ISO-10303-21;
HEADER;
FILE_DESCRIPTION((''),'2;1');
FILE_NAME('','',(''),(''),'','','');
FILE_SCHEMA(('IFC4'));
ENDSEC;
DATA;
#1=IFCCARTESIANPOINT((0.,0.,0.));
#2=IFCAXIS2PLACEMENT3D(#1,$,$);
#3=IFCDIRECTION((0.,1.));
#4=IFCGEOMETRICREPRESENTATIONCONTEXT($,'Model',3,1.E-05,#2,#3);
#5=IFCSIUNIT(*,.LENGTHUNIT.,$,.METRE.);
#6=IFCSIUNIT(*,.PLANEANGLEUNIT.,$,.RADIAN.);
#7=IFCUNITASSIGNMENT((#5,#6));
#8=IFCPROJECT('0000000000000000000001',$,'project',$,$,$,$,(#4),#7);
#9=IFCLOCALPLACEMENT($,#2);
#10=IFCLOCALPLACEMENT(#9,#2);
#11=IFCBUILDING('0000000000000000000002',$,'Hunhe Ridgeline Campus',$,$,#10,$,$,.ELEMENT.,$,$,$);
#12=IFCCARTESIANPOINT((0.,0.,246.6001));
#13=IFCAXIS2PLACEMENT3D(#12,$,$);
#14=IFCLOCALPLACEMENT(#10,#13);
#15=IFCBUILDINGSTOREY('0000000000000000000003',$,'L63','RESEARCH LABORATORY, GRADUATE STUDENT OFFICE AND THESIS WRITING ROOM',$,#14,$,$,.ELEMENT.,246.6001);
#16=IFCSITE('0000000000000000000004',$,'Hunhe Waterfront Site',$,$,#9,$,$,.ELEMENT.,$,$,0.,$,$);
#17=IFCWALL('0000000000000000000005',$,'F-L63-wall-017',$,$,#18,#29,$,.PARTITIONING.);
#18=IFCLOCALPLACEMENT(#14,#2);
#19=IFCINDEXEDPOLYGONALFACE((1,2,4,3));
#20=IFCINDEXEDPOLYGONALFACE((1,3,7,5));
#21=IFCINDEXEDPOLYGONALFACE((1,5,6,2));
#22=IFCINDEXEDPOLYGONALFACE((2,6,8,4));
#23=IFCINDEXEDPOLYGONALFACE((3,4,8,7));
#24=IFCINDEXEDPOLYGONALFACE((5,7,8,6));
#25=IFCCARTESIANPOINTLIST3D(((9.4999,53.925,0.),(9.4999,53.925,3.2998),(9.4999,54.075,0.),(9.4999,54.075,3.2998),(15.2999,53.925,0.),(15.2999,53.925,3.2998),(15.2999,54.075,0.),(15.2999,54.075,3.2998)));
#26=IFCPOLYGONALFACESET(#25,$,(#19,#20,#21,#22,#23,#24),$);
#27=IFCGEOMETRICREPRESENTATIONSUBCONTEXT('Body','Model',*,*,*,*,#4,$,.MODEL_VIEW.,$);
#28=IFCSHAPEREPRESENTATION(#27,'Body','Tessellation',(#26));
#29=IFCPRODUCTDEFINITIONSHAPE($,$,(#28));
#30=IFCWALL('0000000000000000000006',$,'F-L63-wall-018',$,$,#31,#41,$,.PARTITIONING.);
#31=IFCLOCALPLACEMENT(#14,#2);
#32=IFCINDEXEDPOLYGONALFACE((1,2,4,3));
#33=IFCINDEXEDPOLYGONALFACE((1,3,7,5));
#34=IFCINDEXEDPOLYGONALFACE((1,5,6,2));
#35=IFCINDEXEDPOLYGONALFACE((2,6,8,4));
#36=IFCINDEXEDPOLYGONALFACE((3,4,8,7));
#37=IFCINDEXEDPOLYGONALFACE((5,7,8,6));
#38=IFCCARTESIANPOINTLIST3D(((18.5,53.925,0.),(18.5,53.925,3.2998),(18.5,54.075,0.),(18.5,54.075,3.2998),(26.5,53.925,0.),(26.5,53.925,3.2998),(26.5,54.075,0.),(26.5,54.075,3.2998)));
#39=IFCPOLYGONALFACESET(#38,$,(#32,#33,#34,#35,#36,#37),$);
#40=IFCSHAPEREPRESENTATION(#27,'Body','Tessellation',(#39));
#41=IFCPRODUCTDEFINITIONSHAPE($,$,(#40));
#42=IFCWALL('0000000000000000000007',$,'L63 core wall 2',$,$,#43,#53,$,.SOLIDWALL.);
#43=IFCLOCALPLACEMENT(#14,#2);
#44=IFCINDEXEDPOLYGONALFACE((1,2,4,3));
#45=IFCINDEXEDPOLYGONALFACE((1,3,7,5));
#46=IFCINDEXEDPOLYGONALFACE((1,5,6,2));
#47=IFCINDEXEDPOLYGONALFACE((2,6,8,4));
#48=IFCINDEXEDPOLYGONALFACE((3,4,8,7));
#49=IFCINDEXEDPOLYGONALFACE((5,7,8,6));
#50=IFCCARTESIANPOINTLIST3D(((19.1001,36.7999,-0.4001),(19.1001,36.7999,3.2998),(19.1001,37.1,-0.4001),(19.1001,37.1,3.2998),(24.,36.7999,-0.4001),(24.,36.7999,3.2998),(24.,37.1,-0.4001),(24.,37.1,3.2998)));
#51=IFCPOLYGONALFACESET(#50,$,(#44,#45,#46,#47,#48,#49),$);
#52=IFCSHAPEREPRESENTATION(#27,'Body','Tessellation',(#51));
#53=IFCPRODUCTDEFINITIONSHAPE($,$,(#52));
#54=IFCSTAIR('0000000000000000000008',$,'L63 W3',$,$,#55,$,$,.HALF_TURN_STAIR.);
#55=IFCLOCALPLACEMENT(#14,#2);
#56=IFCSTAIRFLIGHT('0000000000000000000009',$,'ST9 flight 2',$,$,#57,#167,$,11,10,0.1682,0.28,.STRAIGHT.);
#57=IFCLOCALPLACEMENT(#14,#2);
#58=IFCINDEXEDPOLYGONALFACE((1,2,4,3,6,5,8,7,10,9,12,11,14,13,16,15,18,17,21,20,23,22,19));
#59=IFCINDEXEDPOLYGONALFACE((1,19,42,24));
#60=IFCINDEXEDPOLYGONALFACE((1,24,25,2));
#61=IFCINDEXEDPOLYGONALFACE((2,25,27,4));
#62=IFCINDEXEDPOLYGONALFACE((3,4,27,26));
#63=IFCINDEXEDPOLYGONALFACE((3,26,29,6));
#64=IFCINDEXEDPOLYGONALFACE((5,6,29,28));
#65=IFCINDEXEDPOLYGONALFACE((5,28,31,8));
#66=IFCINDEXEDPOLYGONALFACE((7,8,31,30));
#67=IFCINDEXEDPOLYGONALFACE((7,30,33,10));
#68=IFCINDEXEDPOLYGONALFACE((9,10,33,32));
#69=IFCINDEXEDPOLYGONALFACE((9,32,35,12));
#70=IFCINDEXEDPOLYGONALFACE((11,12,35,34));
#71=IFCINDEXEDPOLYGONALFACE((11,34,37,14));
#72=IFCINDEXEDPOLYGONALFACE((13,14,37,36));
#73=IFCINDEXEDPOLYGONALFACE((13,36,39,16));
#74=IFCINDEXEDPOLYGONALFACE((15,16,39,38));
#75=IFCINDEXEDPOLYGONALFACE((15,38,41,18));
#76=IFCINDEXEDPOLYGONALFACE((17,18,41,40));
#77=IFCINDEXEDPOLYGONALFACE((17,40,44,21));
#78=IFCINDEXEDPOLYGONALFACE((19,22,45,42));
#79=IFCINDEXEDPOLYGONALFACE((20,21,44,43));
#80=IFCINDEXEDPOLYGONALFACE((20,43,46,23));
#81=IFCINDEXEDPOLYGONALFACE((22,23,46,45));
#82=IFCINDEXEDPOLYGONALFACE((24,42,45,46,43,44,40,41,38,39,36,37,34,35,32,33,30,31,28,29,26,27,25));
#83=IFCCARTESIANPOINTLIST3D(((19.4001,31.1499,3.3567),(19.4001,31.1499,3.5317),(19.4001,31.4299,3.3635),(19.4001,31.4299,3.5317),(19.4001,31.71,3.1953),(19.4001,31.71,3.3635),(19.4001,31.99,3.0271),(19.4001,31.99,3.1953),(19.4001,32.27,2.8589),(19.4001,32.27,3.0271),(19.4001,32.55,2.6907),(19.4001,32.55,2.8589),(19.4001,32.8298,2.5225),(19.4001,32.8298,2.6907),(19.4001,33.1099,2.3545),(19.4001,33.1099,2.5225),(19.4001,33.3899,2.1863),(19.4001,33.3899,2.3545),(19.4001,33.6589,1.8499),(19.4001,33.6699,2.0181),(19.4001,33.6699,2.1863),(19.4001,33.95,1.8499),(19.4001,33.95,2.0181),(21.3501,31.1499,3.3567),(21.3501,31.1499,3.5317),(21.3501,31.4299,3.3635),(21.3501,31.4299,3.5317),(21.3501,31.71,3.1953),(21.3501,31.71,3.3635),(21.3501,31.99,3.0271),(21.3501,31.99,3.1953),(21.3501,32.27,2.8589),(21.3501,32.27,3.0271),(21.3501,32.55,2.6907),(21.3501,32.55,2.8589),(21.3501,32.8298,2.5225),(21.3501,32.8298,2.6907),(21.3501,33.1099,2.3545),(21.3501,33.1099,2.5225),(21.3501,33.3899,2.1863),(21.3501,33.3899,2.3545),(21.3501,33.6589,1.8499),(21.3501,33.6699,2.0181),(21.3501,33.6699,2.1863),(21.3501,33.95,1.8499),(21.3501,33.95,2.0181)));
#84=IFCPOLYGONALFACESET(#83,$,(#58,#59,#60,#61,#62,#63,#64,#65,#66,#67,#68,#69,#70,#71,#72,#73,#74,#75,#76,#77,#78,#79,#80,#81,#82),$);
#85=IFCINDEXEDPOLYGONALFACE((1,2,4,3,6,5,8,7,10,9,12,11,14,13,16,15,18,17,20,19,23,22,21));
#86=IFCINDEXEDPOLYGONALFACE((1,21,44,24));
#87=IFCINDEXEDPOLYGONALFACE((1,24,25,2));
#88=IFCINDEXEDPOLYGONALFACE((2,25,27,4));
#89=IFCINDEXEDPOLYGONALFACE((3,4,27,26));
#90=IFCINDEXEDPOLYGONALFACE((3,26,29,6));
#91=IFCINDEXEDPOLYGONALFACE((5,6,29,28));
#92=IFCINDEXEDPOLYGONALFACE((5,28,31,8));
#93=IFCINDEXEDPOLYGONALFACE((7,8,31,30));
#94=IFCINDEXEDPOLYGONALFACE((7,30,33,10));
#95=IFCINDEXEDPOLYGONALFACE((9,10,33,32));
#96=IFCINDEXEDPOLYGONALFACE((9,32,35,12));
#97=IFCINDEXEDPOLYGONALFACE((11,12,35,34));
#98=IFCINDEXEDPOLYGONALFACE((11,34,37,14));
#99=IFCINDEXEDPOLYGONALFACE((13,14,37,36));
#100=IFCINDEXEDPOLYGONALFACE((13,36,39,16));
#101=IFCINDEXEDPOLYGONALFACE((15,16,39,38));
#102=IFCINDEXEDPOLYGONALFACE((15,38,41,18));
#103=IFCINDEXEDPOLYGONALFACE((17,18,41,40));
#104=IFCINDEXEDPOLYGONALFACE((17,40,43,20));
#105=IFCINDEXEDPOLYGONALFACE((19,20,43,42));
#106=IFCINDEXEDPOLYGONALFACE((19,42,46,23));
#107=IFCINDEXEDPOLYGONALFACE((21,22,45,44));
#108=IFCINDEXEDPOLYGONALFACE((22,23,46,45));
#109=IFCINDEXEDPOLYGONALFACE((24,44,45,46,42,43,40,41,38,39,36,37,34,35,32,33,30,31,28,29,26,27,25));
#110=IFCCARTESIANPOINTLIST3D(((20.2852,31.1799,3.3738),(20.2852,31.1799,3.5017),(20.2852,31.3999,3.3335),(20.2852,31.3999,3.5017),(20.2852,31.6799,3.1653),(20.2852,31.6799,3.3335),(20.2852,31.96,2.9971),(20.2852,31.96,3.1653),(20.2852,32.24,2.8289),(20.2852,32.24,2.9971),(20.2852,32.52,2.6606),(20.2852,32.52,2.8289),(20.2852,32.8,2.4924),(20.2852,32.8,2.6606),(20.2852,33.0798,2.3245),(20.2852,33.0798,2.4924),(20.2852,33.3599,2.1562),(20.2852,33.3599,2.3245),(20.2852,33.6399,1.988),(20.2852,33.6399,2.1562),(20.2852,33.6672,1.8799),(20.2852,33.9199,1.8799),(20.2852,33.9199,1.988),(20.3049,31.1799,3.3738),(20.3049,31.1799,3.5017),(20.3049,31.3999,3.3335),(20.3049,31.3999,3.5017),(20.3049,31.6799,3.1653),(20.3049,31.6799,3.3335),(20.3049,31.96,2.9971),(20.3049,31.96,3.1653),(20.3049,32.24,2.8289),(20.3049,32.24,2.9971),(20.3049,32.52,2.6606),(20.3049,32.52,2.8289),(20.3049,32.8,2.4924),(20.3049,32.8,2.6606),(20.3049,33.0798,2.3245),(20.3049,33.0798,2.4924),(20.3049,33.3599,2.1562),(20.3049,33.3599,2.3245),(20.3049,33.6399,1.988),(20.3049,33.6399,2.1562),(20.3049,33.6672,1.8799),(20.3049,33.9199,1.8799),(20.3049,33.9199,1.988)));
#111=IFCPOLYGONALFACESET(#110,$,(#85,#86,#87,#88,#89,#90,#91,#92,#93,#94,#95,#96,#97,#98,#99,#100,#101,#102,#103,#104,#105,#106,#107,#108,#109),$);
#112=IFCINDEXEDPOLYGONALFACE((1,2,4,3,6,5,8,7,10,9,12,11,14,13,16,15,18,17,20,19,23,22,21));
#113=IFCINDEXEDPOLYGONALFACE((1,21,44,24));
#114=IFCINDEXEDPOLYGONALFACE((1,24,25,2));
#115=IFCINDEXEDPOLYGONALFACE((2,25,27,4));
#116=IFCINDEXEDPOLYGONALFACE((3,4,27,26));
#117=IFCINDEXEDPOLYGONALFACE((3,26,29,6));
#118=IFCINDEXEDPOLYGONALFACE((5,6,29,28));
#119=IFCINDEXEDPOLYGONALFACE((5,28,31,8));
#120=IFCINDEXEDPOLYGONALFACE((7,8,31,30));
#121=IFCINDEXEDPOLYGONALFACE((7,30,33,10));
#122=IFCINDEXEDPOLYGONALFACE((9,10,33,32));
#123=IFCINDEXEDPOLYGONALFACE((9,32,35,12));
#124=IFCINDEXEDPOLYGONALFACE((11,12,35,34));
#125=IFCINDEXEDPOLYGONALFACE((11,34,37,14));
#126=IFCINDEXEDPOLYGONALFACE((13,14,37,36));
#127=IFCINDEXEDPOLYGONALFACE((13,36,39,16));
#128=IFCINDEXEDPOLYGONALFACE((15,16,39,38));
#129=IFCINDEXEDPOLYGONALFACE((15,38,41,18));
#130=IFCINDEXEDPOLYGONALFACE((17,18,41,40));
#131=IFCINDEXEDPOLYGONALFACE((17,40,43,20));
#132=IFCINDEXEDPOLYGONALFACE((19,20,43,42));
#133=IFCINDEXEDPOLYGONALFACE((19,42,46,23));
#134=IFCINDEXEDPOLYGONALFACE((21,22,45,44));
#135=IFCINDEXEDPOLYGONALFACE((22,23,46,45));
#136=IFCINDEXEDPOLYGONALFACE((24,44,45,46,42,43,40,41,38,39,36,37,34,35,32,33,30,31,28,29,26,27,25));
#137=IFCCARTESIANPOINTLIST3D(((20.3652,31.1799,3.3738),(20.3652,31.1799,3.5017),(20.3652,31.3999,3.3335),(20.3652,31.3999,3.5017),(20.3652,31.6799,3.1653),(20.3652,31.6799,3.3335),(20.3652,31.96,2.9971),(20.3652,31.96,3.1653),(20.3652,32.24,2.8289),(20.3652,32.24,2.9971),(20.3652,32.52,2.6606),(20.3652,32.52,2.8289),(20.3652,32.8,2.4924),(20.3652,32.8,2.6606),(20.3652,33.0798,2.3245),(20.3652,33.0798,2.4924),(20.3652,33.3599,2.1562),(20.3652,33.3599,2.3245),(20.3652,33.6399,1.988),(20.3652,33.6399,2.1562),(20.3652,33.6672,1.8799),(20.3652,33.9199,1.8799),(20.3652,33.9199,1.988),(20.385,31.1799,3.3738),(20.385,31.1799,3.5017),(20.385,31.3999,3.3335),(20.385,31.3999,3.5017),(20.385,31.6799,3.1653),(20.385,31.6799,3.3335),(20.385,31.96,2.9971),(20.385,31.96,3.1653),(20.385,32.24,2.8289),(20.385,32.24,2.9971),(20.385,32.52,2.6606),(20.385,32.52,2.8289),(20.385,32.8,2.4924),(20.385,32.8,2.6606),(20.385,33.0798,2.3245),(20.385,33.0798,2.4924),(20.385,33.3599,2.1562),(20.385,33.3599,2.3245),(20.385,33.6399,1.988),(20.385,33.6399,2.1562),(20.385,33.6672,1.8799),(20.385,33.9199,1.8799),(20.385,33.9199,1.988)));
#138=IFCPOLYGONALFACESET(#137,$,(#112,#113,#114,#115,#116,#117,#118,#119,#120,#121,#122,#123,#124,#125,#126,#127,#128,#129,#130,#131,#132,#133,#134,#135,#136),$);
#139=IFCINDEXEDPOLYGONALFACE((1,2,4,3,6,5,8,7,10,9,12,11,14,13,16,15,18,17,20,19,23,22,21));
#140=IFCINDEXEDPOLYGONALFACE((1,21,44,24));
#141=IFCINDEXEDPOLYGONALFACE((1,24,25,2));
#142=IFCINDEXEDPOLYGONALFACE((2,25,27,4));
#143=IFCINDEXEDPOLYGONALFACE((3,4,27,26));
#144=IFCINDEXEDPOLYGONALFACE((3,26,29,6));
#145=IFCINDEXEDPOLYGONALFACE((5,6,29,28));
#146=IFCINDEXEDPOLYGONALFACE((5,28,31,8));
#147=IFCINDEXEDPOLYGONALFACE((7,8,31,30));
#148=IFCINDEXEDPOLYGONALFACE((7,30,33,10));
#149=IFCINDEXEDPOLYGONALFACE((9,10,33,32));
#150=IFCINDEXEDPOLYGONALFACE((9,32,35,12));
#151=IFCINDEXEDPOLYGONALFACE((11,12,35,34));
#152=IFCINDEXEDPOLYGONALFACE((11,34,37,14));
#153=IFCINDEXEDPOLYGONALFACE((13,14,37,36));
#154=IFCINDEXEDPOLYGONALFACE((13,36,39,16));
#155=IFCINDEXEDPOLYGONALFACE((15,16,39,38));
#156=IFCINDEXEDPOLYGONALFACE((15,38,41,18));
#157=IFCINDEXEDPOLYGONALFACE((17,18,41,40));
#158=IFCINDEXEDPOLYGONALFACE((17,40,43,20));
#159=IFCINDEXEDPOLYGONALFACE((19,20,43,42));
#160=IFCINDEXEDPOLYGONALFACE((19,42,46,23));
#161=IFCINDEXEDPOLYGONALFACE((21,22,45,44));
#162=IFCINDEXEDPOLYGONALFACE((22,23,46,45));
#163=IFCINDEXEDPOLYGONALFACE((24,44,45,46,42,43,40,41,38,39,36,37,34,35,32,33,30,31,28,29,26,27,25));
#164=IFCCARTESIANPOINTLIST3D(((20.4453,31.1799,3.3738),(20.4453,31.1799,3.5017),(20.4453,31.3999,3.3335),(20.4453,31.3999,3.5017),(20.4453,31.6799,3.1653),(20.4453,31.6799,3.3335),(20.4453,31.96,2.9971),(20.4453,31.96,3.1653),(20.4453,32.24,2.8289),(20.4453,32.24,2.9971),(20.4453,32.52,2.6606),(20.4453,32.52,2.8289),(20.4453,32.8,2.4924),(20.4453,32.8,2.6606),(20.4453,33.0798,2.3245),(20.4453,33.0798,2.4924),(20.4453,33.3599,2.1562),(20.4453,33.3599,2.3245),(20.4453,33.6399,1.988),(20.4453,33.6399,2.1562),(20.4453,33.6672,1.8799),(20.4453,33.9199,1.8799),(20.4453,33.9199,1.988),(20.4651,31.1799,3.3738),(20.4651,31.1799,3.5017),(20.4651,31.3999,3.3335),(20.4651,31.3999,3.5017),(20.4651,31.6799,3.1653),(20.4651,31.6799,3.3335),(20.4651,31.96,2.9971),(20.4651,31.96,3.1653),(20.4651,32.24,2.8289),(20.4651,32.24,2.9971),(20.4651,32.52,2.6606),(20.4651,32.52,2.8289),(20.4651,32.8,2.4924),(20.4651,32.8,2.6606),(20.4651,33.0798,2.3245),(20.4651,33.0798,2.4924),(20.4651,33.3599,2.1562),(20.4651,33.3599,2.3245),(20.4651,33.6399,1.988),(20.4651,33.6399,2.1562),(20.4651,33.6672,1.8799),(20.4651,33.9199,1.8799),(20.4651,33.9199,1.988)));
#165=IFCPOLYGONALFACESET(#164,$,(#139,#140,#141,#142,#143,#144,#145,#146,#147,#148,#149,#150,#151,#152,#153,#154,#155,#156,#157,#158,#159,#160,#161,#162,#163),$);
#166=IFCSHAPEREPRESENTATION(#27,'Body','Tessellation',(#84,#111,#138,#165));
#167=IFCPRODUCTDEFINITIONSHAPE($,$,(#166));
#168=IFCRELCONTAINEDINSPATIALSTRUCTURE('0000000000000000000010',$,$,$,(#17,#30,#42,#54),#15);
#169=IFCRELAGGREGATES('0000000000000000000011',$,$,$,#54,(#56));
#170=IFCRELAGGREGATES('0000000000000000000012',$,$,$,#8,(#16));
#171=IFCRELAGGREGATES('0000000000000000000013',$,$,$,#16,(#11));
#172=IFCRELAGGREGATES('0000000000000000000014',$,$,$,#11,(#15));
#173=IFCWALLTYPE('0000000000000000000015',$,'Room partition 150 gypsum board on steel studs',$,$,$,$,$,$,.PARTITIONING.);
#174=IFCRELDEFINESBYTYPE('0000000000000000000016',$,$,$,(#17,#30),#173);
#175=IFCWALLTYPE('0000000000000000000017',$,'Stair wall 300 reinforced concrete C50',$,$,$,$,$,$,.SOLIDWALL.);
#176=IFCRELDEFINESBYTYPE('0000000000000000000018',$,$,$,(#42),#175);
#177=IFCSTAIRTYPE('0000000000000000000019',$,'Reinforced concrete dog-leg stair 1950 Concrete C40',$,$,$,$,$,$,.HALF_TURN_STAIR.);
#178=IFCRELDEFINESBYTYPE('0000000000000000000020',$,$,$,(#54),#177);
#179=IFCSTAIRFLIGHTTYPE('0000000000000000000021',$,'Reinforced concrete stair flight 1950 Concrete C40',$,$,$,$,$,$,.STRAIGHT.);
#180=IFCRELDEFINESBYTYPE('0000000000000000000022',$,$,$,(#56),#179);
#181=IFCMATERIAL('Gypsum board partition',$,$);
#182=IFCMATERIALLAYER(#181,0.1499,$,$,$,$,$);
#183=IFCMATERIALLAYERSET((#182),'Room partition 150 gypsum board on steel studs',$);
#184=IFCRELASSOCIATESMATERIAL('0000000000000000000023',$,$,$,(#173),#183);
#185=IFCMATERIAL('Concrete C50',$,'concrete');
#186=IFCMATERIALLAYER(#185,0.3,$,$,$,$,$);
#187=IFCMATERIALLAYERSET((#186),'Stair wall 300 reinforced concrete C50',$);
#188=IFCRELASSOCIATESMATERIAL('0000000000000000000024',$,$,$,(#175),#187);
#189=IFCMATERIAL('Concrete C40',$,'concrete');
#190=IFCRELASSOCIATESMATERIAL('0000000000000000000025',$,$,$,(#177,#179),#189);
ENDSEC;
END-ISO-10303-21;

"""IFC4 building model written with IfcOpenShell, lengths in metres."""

from ifc_helpers import new_model, si_unit, direction, frame, frame_2d, origin, place, context, subcontext, project, spatial, polyline, rectangle, outline, extrude, material, layer, layer_set, type_object, element, aggregate, save


model = new_model("IFC4")

# Units and contexts
model_context = context("Model", 3, precision=1e-05, world=origin(), true_north=direction((0.0, 1.0)))
body_context = subcontext(model_context, "Body", "Model", "MODEL_VIEW")
ifc_project = project(units=[si_unit("LENGTHUNIT", "METRE"), si_unit("PLANEANGLEUNIT", "RADIAN")], contexts=[model_context])

# Site, building, storey
site_placement = place(None, origin())
site = spatial("IfcSite", under=ifc_project, at=site_placement, Name="Hunhe Waterfront Site", CompositionType="ELEMENT", RefElevation=0.0)
building_placement = place(site_placement, origin())
building = spatial("IfcBuilding", under=site, at=building_placement, Name="Hunhe Ridgeline Campus", CompositionType="ELEMENT")
storey_placement = place(building_placement, frame((0.0, 0.0, 246.6001)))
storey = spatial("IfcBuildingStorey", under=building, at=storey_placement, Name="L63", Description="RESEARCH LABORATORY, GRADUATE STUDENT OFFICE AND THESIS WRITING ROOM", CompositionType="ELEMENT", Elevation=246.6001)

# Shared definitions
ifc_material_1 = material(Name="Concrete C50", Category="concrete")

# Walls
ifc_material_2 = material(Name="Gypsum board partition")
ifc_layer_1 = layer(ifc_material_2, 0.1499)
ifc_layer_set_1 = layer_set([ifc_layer_1], Name="Room partition 150 gypsum board on steel studs")
wall_type_1 = type_object("IfcWallType", Name="Room partition 150 gypsum board on steel studs", PredefinedType="PARTITIONING", material=ifc_layer_set_1)
wall_1_placement = place(storey_placement, frame((9.5, 54.0, 0.0), z_axis=(0.0, 0.0, 1.0), x_axis=(1.0, 0.0, 0.0)))
element("IfcWall", 1, at=wall_1_placement, inside=storey, type_object=wall_type_1, Name="F-L63-wall-017", PredefinedType="PARTITIONING", context=body_context, shape_type="SweptSolid", body=[
    extrude(rectangle(XDim=5.8, YDim=0.1499, at=frame_2d((2.8999, 0.0))), origin(), (0.0, 0.0, 1.0), 3.2998),
])
wall_2_placement = place(storey_placement, frame((18.5, 54.0, 0.0), z_axis=(0.0, 0.0, 1.0), x_axis=(1.0, 0.0, 0.0)))
element("IfcWall", 2, at=wall_2_placement, inside=storey, type_object=wall_type_1, Name="F-L63-wall-018", PredefinedType="PARTITIONING", context=body_context, shape_type="SweptSolid", body=[
    extrude(rectangle(XDim=8.0, YDim=0.1499, at=frame_2d((4.0, 0.0))), origin(), (0.0, 0.0, 1.0), 3.2998),
])
ifc_layer_2 = layer(ifc_material_1, 0.3)
ifc_layer_set_2 = layer_set([ifc_layer_2], Name="Stair wall 300 reinforced concrete C50")
wall_type_2 = type_object("IfcWallType", Name="Stair wall 300 reinforced concrete C50", PredefinedType="SOLIDWALL", material=ifc_layer_set_2)
wall_3_placement = place(storey_placement, frame((19.1001, 36.95, -0.4001), z_axis=(0.0, 0.0, 1.0), x_axis=(1.0, 0.0, 0.0)))
element("IfcWall", 3, at=wall_3_placement, inside=storey, type_object=wall_type_2, Name="L63 core wall 2", PredefinedType="SOLIDWALL", context=body_context, shape_type="SweptSolid", body=[
    extrude(rectangle(XDim=4.8999, YDim=0.3, at=frame_2d((2.45, 0.0))), origin(), (0.0, 0.0, 1.0), 3.7),
])

# Stair, stair flight
ifc_material_3 = material(Name="Concrete C40", Category="concrete")
stair_type = type_object("IfcStairType", Name="Reinforced concrete dog-leg stair 1950 Concrete C40", PredefinedType="HALF_TURN_STAIR", material=ifc_material_3)
stair_placement = place(storey_placement, origin())
stair = element("IfcStair", 4, at=stair_placement, inside=storey, type_object=stair_type, Name="L63 W3", PredefinedType="HALF_TURN_STAIR")
stair_flight_type = type_object("IfcStairFlightType", Name="Reinforced concrete stair flight 1950 Concrete C40", PredefinedType="STRAIGHT", material=ifc_material_3)
stair_flight_placement = place(storey_placement, frame((20.375, 33.95, 1.8499), z_axis=(0.0, 0.0, 1.0), x_axis=(0.0, -1.0, 0.0)))
stair_flight = element("IfcStairFlight", 5, at=stair_flight_placement, type_object=stair_flight_type, Name="ST9 flight 2", NumberOfRisers=11, NumberOfTreads=10, PredefinedType="STRAIGHT", RiserHeight=0.1682, TreadLength=0.28, context=body_context, shape_type="SweptSolid", body=[
    extrude(outline(polyline([(0.0, 0.0), (0.0, 0.1682), (0.28, 0.1682), (0.28, 0.3364), (0.5601, 0.3364), (0.5601, 0.5046), (0.8401, 0.5046), (0.8401, 0.6726), (1.1201, 0.6726), (1.1201, 0.8408), (1.3999, 0.8408), (1.3999, 1.009), (1.6799, 1.009), (1.6799, 1.1772), (1.96, 1.1772), (1.96, 1.3455), (2.24, 1.3455), (2.24, 1.5137), (2.52, 1.5137), (2.52, 1.6819), (2.8, 1.6819), (2.8, 1.8501), (2.8, 1.5068), (0.291, 0.0), (0.0, 0.0)])), frame((0.0, 0.9751, 0.0), z_axis=(0.0, -1.0, 0.0), x_axis=(1.0, 0.0, 0.0)), (0.0, 0.0, 1.0), 1.95),
    extrude(outline(polyline([(0.03, 0.03), (0.03, 0.1382), (0.3101, 0.1382), (0.3101, 0.3064), (0.5901, 0.3064), (0.5901, 0.4746), (0.8701, 0.4746), (0.8701, 0.6426), (1.1499, 0.6426), (1.1499, 0.8108), (1.4299, 0.8108), (1.4299, 0.979), (1.71, 0.979), (1.71, 1.1472), (1.99, 1.1472), (1.99, 1.3154), (2.27, 1.3154), (2.27, 1.4836), (2.55, 1.4836), (2.55, 1.6519), (2.77, 1.6519), (2.77, 1.5239), (0.2827, 0.03), (0.03, 0.03)])), frame((0.0, -0.0701, 0.0), z_axis=(0.0, -1.0, 0.0), x_axis=(1.0, 0.0, 0.0)), (0.0, 0.0, 1.0), 0.0198),
    extrude(outline(polyline([(0.03, 0.03), (0.03, 0.1382), (0.3101, 0.1382), (0.3101, 0.3064), (0.5901, 0.3064), (0.5901, 0.4746), (0.8701, 0.4746), (0.8701, 0.6426), (1.1499, 0.6426), (1.1499, 0.8108), (1.4299, 0.8108), (1.4299, 0.979), (1.71, 0.979), (1.71, 1.1472), (1.99, 1.1472), (1.99, 1.3154), (2.27, 1.3154), (2.27, 1.4836), (2.55, 1.4836), (2.55, 1.6519), (2.77, 1.6519), (2.77, 1.5239), (0.2827, 0.03), (0.03, 0.03)])), frame((0.0, 0.01, 0.0), z_axis=(0.0, -1.0, 0.0), x_axis=(1.0, 0.0, 0.0)), (0.0, 0.0, 1.0), 0.0198),
    extrude(outline(polyline([(0.03, 0.03), (0.03, 0.1382), (0.3101, 0.1382), (0.3101, 0.3064), (0.5901, 0.3064), (0.5901, 0.4746), (0.8701, 0.4746), (0.8701, 0.6426), (1.1499, 0.6426), (1.1499, 0.8108), (1.4299, 0.8108), (1.4299, 0.979), (1.71, 0.979), (1.71, 1.1472), (1.99, 1.1472), (1.99, 1.3154), (2.27, 1.3154), (2.27, 1.4836), (2.55, 1.4836), (2.55, 1.6519), (2.77, 1.6519), (2.77, 1.5239), (0.2827, 0.03), (0.03, 0.03)])), frame((0.0, 0.0901, 0.0), z_axis=(0.0, -1.0, 0.0), x_axis=(1.0, 0.0, 0.0)), (0.0, 0.0, 1.0), 0.0198),
])
aggregate(stair, [stair_flight])

save(model, "model.ifc")
